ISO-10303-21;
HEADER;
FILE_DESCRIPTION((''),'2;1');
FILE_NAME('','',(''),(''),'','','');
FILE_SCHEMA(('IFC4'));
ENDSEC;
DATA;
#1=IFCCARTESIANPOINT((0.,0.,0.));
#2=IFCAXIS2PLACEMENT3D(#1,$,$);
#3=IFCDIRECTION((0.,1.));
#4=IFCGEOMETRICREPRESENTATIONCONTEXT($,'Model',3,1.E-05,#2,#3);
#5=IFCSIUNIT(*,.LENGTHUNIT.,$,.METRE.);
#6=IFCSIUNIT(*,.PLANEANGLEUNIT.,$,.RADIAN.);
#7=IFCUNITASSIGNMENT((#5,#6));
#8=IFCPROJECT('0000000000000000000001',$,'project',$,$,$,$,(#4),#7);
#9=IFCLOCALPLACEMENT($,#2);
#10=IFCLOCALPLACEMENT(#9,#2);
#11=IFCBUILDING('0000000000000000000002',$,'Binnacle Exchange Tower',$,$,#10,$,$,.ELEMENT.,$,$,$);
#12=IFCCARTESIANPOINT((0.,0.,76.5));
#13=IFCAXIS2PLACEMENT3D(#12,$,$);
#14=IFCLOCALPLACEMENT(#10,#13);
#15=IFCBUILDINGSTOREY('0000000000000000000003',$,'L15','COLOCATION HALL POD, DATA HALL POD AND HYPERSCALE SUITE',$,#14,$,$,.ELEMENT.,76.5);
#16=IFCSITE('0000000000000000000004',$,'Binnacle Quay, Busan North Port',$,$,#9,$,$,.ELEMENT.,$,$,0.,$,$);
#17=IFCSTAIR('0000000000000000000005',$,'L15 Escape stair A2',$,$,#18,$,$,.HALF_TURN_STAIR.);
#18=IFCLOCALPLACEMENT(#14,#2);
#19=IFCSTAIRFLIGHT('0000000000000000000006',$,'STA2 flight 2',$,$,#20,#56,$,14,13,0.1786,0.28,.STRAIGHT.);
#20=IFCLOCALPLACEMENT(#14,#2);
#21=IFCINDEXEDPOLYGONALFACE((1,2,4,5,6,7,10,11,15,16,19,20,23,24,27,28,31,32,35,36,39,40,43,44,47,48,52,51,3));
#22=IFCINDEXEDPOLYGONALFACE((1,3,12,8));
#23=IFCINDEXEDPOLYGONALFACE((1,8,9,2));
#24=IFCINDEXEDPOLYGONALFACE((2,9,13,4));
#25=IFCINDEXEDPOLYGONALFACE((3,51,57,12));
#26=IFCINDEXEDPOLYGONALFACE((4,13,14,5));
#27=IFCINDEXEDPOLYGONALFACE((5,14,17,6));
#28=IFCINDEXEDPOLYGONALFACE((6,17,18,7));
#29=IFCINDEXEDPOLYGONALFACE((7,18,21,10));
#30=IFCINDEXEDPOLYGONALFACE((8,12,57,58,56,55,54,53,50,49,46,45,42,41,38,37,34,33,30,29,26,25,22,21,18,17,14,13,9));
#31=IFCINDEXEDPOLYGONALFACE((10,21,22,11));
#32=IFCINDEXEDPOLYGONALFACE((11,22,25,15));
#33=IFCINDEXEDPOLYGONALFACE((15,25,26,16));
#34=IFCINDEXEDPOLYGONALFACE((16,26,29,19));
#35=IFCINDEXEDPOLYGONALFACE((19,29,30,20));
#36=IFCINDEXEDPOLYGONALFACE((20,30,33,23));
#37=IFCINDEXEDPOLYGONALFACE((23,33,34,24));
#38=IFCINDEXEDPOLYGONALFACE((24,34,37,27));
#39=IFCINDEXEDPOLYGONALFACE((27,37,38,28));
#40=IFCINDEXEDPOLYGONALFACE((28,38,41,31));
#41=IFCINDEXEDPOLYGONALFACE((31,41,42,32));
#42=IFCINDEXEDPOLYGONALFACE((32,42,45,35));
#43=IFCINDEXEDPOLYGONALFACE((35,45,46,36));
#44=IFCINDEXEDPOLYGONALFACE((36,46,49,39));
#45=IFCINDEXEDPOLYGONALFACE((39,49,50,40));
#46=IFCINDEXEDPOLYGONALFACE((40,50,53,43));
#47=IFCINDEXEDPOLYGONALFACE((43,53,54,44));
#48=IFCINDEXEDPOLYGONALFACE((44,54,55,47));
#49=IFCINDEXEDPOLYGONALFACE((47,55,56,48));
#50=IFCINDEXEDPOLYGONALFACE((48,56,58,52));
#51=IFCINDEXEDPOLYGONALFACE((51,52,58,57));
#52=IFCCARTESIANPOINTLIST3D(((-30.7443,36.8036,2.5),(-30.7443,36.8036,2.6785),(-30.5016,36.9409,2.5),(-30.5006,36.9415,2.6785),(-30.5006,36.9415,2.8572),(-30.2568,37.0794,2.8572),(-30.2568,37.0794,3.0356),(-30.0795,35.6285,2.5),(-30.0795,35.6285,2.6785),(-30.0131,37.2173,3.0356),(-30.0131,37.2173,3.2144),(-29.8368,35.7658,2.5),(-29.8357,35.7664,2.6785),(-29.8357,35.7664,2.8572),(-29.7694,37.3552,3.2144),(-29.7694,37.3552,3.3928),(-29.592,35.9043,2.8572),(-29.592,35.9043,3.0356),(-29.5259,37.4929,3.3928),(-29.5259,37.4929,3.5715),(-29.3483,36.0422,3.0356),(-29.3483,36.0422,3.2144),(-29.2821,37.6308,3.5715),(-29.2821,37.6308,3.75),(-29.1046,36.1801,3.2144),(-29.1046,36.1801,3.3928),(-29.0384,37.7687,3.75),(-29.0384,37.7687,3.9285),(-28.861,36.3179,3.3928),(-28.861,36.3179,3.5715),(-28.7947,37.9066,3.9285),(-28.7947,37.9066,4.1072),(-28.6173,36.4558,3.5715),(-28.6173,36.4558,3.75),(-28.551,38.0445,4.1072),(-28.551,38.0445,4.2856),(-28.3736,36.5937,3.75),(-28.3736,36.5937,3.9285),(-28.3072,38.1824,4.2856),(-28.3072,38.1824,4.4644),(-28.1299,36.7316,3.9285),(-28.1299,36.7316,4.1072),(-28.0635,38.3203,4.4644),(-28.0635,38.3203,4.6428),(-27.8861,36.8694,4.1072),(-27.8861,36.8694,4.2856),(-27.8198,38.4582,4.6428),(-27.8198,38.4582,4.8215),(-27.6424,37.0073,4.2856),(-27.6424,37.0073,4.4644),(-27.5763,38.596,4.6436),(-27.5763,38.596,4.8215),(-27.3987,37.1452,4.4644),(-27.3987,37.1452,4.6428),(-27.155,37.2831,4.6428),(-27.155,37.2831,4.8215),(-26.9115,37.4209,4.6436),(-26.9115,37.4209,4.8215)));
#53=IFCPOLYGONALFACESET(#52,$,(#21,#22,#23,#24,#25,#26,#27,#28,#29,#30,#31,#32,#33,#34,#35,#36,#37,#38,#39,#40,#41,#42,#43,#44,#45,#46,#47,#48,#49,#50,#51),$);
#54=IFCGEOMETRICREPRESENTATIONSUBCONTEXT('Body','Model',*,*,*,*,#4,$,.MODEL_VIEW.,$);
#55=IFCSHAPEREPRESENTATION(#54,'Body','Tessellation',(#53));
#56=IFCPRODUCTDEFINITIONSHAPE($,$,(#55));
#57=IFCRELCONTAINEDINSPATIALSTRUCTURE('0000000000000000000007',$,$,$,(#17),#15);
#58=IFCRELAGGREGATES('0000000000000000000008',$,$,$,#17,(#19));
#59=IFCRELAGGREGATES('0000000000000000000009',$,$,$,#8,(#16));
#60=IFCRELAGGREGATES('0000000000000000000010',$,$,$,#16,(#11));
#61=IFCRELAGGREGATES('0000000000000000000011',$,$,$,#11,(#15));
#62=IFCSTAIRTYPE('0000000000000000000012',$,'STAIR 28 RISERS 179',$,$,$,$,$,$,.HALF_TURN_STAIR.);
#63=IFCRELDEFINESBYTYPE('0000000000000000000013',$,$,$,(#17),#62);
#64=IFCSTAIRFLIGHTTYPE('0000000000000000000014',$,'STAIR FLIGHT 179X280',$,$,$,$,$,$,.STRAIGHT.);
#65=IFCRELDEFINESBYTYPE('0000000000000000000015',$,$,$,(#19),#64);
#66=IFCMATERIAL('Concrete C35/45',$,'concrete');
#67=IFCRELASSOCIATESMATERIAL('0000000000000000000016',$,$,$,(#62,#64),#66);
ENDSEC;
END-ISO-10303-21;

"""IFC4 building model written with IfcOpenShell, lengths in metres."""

from ifc_helpers import new_model, si_unit, direction, frame, origin, place, context, subcontext, project, spatial, polyline, outline, extrude, material, type_object, element, aggregate, save


model = new_model("IFC4")

# Units and contexts
model_context = context("Model", 3, precision=1e-05, world=origin(), true_north=direction((0.0, 1.0)))
body_context = subcontext(model_context, "Body", "Model", "MODEL_VIEW")
ifc_project = project(units=[si_unit("LENGTHUNIT", "METRE"), si_unit("PLANEANGLEUNIT", "RADIAN")], contexts=[model_context])

# Site, building, storey
site_placement = place(None, origin())
site = spatial("IfcSite", under=ifc_project, at=site_placement, Name="Binnacle Quay, Busan North Port", CompositionType="ELEMENT", RefElevation=0.0)
building_placement = place(site_placement, origin())
building = spatial("IfcBuilding", under=site, at=building_placement, Name="Binnacle Exchange Tower", CompositionType="ELEMENT")
storey_placement = place(building_placement, frame((0.0, 0.0, 76.5)))
storey = spatial("IfcBuildingStorey", under=building, at=storey_placement, Name="L15", Description="COLOCATION HALL POD, DATA HALL POD AND HYPERSCALE SUITE", CompositionType="ELEMENT", Elevation=76.5)

# Shared definitions
ifc_material_1 = material(Name="Concrete C35/45", Category="concrete")

# Stair, stair flight
stair_type = type_object("IfcStairType", Name="STAIR 28 RISERS 179", PredefinedType="HALF_TURN_STAIR", material=ifc_material_1)
stair_placement = place(storey_placement, origin())
stair = element("IfcStair", 1, at=stair_placement, inside=storey, type_object=stair_type, Name="L15 Escape stair A2", PredefinedType="HALF_TURN_STAIR")
stair_flight_type = type_object("IfcStairFlightType", Name="STAIR FLIGHT 179X280", PredefinedType="STRAIGHT", material=ifc_material_1)
stair_flight_placement = place(storey_placement, frame((-30.4119, 36.2161, 2.5), z_axis=(0.0, 0.0, 1.0), x_axis=(0.870356, 0.492424, 0.0)))
stair_flight = element("IfcStairFlight", 2, at=stair_flight_placement, type_object=stair_flight_type, Name="STA2 flight 2", NumberOfRisers=14, NumberOfTreads=13, PredefinedType="STRAIGHT", RiserHeight=0.1786, TreadLength=0.28, context=body_context, shape_type="SweptSolid", body=[
    extrude(outline(polyline([(0.0, 0.0), (0.0, 0.1785), (0.28, 0.1785), (0.28, 0.3572), (0.5601, 0.3572), (0.5601, 0.5356), (0.8401, 0.5356), (0.8401, 0.7144), (1.1201, 0.7144), (1.1201, 0.8928), (1.3999, 0.8928), (1.3999, 1.0715), (1.6799, 1.0715), (1.6799, 1.25), (1.96, 1.25), (1.96, 1.4285), (2.24, 1.4285), (2.24, 1.6072), (2.52, 1.6072), (2.52, 1.7856), (2.8, 1.7856), (2.8, 1.9644), (3.0801, 1.9644), (3.0801, 2.1428), (3.3601, 2.1428), (3.3601, 2.3215), (3.6399, 2.3215), (3.6399, 2.5), (3.6399, 2.1436), (0.2788, 0.0), (0.0, 0.0)])), frame((0.0, 0.675, 0.0), z_axis=(0.0, -1.0, 0.0), x_axis=(1.0, 0.0, 0.0)), (0.0, 0.0, 1.0), 1.3501),
])
aggregate(stair, [stair_flight])

save(model, "model.ifc")
